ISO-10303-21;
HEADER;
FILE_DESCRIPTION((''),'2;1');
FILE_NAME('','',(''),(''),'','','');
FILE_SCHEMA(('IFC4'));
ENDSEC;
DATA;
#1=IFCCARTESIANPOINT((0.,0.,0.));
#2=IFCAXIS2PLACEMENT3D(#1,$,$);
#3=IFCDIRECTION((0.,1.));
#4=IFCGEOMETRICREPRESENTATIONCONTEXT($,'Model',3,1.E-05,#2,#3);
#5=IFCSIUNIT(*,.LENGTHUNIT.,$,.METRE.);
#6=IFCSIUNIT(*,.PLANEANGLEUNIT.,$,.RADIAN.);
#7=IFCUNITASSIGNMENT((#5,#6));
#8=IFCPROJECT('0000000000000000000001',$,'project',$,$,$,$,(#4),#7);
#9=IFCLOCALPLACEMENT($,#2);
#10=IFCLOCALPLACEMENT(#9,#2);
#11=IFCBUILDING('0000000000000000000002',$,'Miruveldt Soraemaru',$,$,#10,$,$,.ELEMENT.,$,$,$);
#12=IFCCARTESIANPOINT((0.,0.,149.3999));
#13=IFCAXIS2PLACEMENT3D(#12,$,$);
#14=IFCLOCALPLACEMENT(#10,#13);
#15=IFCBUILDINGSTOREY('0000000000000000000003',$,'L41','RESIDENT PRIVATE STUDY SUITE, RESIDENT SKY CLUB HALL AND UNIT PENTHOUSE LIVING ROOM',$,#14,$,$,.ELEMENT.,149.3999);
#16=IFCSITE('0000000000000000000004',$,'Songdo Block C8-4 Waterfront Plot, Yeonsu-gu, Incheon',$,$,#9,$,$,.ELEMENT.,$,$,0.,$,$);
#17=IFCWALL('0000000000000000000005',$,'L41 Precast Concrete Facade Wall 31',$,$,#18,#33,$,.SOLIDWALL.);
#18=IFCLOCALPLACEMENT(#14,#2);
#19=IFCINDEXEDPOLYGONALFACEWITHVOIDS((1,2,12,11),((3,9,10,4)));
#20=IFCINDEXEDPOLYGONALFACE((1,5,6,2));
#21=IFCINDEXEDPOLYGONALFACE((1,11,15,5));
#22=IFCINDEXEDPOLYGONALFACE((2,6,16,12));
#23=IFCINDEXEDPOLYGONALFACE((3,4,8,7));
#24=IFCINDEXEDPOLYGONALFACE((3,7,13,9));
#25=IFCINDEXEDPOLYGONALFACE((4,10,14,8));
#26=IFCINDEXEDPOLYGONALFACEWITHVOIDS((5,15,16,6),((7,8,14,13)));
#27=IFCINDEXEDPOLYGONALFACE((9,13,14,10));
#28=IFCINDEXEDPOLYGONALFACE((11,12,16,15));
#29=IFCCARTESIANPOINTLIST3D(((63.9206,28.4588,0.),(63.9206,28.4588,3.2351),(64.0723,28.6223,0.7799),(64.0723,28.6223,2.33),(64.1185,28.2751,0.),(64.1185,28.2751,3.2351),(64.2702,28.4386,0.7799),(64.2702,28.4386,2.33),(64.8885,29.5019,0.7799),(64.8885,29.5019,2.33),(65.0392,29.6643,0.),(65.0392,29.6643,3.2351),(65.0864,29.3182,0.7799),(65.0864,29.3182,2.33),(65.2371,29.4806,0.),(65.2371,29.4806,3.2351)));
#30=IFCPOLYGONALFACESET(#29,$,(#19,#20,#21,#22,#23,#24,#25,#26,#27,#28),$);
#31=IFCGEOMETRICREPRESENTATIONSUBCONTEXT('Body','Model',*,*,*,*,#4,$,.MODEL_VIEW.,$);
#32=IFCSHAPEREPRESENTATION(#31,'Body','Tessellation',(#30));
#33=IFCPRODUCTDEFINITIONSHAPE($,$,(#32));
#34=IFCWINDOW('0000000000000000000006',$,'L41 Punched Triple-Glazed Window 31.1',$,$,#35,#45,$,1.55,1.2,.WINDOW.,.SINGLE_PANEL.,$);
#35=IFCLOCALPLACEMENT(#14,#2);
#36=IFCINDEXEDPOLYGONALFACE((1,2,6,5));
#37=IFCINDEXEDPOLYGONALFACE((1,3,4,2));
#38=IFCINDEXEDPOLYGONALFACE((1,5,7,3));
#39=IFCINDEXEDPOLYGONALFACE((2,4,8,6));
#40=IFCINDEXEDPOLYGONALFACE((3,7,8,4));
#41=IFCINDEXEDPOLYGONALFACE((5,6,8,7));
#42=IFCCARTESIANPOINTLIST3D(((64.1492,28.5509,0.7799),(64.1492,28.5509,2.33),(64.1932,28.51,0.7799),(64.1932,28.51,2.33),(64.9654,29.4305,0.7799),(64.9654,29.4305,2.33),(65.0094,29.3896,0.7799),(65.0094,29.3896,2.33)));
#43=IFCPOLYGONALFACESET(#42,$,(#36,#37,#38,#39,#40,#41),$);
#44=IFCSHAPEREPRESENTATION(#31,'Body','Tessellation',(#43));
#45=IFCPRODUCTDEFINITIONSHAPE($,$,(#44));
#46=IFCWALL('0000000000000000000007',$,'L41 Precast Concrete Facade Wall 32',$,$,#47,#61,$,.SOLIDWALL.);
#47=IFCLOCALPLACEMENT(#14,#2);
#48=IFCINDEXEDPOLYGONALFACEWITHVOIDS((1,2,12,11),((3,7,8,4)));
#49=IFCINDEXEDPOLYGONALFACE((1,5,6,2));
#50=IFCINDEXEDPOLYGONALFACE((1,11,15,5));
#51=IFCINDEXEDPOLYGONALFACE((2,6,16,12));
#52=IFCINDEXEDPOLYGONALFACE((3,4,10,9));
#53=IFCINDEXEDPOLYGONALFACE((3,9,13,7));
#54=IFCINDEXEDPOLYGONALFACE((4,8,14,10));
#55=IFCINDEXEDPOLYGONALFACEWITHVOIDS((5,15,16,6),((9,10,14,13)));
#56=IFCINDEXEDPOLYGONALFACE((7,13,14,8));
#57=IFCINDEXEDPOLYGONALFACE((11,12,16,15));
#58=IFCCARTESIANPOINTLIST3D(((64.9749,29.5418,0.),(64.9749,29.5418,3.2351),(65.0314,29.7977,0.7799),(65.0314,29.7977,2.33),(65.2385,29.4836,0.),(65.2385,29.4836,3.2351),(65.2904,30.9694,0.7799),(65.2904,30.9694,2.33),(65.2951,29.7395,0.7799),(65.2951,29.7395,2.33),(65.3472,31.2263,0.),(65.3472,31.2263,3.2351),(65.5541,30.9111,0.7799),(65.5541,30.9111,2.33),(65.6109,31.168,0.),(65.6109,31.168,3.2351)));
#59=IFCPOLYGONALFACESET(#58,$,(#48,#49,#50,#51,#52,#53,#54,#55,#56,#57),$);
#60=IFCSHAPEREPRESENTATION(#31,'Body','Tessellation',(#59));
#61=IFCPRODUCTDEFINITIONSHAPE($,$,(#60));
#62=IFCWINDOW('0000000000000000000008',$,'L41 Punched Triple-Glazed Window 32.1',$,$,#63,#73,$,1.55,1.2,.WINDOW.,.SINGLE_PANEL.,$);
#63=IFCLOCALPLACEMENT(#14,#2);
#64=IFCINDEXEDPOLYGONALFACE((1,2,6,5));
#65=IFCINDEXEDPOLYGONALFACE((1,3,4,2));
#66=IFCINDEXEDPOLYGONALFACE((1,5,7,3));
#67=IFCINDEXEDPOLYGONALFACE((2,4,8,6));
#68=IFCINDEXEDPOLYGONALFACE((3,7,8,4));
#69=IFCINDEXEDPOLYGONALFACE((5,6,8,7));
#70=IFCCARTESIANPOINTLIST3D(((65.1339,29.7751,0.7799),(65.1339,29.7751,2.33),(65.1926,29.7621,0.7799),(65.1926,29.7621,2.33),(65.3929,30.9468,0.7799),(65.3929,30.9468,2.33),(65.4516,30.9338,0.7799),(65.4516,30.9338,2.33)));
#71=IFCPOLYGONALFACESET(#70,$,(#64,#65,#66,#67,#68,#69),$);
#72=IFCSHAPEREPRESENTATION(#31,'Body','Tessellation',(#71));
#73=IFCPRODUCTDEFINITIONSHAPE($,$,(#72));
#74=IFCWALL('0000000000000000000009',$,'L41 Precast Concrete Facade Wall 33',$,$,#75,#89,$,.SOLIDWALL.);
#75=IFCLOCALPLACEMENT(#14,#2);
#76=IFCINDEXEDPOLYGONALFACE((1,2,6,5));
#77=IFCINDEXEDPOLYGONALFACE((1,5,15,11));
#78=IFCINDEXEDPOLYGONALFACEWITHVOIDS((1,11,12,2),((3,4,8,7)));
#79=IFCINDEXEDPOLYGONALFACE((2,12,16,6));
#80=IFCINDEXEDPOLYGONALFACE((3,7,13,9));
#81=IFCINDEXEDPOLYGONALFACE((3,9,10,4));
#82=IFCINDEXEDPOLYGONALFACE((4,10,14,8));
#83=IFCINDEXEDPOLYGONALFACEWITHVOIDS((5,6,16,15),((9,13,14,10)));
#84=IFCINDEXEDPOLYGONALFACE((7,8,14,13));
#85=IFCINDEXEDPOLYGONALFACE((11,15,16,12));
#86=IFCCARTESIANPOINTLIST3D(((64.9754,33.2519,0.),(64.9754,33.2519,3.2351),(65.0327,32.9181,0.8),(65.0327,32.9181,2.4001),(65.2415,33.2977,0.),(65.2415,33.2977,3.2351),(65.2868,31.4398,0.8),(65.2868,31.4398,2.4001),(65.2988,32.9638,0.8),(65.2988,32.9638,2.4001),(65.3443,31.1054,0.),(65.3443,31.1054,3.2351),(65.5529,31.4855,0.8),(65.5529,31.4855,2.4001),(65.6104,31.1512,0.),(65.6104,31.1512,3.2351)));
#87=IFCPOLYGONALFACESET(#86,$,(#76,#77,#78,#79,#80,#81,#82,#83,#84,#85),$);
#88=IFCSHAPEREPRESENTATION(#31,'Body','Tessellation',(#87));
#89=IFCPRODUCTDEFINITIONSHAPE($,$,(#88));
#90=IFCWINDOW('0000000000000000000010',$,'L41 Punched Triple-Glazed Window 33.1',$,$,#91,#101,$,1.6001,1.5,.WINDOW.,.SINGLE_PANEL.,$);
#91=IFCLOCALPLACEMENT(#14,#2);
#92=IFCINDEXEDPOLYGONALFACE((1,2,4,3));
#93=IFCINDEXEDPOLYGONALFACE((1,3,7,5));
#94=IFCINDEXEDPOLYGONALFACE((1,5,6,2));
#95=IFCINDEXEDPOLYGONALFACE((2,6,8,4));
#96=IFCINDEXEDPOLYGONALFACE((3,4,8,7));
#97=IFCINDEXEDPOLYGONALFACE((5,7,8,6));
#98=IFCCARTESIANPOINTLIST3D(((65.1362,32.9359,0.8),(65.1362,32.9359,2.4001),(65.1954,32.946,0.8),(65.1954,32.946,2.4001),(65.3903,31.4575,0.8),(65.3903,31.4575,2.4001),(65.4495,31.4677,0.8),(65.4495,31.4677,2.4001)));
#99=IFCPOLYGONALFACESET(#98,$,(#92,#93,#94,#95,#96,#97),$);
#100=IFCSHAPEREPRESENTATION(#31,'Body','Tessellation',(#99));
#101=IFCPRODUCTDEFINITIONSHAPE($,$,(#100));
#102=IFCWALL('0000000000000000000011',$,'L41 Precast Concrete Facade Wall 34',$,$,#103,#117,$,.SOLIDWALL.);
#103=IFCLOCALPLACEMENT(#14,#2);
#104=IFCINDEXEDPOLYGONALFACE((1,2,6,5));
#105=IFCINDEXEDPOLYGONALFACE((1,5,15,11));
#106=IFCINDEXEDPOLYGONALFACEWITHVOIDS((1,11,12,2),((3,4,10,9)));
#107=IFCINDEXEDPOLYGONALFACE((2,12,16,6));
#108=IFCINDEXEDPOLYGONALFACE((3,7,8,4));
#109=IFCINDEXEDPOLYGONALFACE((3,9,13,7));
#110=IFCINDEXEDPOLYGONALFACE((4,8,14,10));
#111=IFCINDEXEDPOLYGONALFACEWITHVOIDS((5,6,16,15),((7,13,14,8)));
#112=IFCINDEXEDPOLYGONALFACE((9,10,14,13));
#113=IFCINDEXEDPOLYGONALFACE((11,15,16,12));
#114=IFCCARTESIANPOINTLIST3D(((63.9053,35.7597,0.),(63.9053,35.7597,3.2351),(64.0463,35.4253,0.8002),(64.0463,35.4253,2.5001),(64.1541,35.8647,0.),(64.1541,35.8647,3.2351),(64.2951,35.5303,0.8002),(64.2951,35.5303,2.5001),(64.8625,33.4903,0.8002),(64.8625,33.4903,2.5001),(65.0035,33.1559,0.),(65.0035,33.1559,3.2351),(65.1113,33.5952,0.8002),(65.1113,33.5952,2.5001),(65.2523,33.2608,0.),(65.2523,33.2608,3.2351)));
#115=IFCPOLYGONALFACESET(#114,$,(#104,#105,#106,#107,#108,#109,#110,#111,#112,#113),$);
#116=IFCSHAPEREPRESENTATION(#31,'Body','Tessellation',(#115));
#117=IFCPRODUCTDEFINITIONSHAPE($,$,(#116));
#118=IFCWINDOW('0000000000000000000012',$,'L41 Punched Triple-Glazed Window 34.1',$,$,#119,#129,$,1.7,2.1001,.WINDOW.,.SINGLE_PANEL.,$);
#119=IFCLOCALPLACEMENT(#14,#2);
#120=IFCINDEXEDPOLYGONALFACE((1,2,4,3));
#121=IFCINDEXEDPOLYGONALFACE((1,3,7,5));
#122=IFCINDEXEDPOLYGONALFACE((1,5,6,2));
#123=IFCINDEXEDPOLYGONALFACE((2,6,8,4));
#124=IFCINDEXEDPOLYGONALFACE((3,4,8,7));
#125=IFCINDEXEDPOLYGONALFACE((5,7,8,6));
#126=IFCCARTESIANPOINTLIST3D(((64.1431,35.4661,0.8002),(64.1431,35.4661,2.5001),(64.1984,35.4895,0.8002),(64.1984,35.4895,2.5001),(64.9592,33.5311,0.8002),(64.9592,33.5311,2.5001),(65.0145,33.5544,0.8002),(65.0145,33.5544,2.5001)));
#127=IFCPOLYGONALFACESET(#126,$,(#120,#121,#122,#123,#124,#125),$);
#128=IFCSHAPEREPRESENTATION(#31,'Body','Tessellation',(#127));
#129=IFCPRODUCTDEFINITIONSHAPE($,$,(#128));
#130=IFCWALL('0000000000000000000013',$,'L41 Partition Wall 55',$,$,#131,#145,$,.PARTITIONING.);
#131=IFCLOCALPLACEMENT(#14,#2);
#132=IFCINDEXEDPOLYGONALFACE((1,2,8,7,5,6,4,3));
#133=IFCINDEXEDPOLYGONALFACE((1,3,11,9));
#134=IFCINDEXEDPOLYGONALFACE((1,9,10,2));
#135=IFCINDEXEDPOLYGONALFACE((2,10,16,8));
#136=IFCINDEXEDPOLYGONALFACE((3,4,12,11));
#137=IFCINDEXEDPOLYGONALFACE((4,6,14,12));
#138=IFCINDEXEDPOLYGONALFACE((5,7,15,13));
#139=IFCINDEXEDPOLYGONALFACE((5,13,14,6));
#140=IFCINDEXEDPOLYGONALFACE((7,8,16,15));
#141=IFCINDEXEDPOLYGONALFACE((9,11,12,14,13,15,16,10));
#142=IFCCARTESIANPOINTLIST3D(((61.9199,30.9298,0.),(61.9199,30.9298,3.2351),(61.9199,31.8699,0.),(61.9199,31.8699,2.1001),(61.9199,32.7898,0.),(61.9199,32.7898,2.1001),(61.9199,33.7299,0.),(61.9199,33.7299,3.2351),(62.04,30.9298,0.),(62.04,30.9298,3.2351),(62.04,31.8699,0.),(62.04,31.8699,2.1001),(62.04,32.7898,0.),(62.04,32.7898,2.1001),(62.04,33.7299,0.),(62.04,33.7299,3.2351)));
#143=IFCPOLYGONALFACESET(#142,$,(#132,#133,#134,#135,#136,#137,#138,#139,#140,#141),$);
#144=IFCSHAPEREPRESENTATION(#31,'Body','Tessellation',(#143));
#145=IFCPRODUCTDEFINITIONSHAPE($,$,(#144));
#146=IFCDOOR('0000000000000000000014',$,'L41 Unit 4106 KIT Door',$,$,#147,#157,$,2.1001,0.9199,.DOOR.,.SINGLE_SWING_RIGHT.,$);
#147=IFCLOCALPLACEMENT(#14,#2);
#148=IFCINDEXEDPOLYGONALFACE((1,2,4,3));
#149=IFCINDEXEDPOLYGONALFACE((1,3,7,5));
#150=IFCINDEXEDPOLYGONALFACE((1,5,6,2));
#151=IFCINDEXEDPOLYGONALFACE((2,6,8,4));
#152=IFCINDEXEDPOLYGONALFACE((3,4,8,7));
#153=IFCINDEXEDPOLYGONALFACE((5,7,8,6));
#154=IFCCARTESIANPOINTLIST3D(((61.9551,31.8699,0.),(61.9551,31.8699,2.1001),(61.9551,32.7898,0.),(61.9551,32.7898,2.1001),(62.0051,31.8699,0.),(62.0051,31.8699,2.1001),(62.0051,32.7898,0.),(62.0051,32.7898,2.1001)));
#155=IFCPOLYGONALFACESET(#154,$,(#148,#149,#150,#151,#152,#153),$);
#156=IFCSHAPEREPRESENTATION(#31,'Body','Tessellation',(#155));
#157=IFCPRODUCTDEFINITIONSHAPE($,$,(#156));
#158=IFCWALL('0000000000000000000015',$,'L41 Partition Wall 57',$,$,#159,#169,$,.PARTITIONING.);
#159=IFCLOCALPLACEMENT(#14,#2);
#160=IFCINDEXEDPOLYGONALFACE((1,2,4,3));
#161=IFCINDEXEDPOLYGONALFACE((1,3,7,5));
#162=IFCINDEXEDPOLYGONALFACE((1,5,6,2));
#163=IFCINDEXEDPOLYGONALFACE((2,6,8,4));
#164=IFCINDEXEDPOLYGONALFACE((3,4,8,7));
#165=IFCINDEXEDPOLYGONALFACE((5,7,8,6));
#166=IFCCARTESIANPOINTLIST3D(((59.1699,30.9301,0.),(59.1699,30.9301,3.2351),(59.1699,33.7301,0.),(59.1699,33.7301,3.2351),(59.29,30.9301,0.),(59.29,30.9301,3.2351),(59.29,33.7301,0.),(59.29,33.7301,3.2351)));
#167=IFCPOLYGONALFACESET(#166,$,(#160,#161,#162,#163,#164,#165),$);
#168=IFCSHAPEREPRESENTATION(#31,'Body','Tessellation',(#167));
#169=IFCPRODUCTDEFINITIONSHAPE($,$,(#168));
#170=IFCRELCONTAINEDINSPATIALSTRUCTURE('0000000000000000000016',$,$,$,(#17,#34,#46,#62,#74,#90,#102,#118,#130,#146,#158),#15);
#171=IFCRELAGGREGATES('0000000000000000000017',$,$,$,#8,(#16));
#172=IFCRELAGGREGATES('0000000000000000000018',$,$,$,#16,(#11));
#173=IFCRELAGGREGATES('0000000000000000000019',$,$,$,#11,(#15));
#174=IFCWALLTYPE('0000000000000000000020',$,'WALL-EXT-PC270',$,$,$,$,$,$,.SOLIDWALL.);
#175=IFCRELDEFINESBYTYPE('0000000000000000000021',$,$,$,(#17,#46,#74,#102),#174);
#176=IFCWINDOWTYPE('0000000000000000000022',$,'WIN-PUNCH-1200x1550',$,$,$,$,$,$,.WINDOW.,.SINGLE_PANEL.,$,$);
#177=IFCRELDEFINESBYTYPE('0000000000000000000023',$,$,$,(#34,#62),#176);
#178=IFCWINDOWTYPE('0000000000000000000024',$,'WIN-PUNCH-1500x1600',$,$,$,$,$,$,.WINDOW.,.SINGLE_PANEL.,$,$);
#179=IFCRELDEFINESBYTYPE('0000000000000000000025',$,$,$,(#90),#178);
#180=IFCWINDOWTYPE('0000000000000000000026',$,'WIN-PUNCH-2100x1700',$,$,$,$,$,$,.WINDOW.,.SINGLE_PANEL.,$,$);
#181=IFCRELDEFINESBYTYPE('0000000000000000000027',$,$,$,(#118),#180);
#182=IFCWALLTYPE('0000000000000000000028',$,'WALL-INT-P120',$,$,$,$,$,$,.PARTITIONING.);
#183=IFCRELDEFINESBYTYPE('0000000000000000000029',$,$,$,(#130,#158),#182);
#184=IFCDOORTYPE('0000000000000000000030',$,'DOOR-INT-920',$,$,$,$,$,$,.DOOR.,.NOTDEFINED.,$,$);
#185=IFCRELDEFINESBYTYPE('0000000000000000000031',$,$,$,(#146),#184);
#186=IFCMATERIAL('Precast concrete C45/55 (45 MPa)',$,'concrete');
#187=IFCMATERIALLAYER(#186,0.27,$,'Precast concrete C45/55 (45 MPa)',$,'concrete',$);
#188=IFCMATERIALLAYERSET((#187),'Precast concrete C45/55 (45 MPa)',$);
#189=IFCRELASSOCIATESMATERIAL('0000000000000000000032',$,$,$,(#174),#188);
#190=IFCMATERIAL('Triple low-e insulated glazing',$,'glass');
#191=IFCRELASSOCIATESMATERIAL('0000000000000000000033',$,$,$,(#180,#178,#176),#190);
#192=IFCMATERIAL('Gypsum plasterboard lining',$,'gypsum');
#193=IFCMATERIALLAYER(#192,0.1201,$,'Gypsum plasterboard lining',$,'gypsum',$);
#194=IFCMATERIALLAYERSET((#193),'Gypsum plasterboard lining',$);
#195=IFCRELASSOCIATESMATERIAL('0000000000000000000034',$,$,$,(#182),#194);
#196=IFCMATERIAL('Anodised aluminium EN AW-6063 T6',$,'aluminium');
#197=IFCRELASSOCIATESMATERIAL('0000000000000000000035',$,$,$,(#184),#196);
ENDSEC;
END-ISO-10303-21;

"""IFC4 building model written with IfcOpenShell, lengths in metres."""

from ifc_helpers import new_model, si_unit, direction, frame, frame_2d, origin, place, context, subcontext, project, spatial, rectangle, extrude, material, layer, layer_set, type_object, element, fill, save


model = new_model("IFC4")

# Units and contexts
model_context = context("Model", 3, precision=1e-05, world=origin(), true_north=direction((0.0, 1.0)))
body_context = subcontext(model_context, "Body", "Model", "MODEL_VIEW")
ifc_project = project(units=[si_unit("LENGTHUNIT", "METRE"), si_unit("PLANEANGLEUNIT", "RADIAN")], contexts=[model_context])

# Site, building, storey
site_placement = place(None, origin())
site = spatial("IfcSite", under=ifc_project, at=site_placement, Name="Songdo Block C8-4 Waterfront Plot, Yeonsu-gu, Incheon", CompositionType="ELEMENT", RefElevation=0.0)
building_placement = place(site_placement, origin())
building = spatial("IfcBuilding", under=site, at=building_placement, Name="Miruveldt Soraemaru", CompositionType="ELEMENT")
storey_placement = place(building_placement, frame((0.0, 0.0, 149.3999)))
storey = spatial("IfcBuildingStorey", under=building, at=storey_placement, Name="L41", Description="RESIDENT PRIVATE STUDY SUITE, RESIDENT SKY CLUB HALL AND UNIT PENTHOUSE LIVING ROOM", CompositionType="ELEMENT", Elevation=149.3999)

# Walls, openings, windows
ifc_material_1 = material(Name="Precast concrete C45/55 (45 MPa)", Category="concrete")
ifc_layer_1 = layer(ifc_material_1, 0.27, Name="Precast concrete C45/55 (45 MPa)", Category="concrete")
ifc_layer_set_1 = layer_set([ifc_layer_1], Name="Precast concrete C45/55 (45 MPa)")
wall_type_1 = type_object("IfcWallType", Name="WALL-EXT-PC270", PredefinedType="SOLIDWALL", material=ifc_layer_set_1)
ifc_material_2 = material(Name="Triple low-e insulated glazing", Category="glass")
window_type_1 = type_object("IfcWindowType", Name="WIN-PUNCH-2100x1700", PartitioningType="SINGLE_PANEL", PredefinedType="WINDOW", material=ifc_material_2)
window_type_2 = type_object("IfcWindowType", Name="WIN-PUNCH-1500x1600", PartitioningType="SINGLE_PANEL", PredefinedType="WINDOW", material=ifc_material_2)
wall_1_placement = place(storey_placement, frame((64.0195, 28.3669, 0.0), z_axis=(0.0, 0.0, 1.0), x_axis=(0.680189, 0.733037, 0.0)))
wall_1 = element("IfcWall", 1, at=wall_1_placement, inside=storey, type_object=wall_type_1, Name="L41 Precast Concrete Facade Wall 31", PredefinedType="SOLIDWALL", context=body_context, shape_type="SweptSolid", body=[
    extrude(rectangle(XDim=1.6445, YDim=0.27, at=frame_2d((0.8223, 0.0))), origin(), (0.0, 0.0, 1.0), 3.2351),
])
opening_1_placement = place(wall_1_placement, frame((0.2229, 0.0, 0.78)))
opening_1 = element("IfcOpeningElement", 2, at=opening_1_placement, cuts=wall_1, PredefinedType="OPENING", context=body_context, shape_type="SweptSolid", body=[
    extrude(rectangle(XDim=1.2, YDim=1.55, at=frame_2d((0.6001, 0.7749))), frame((0.0, 0.145, 0.0), z_axis=(0.0, -1.0, 0.0), x_axis=(1.0, 0.0, 0.0)), (0.0, 0.0, 1.0), 0.29),
])
window_type_3 = type_object("IfcWindowType", Name="WIN-PUNCH-1200x1550", PartitioningType="SINGLE_PANEL", PredefinedType="WINDOW", material=ifc_material_2)
window_1_placement = place(opening_1_placement, origin())
window_1 = element("IfcWindow", 3, at=window_1_placement, inside=storey, type_object=window_type_3, Name="L41 Punched Triple-Glazed Window 31.1", OverallHeight=1.55, OverallWidth=1.2, PartitioningType="SINGLE_PANEL", PredefinedType="WINDOW", context=body_context, shape_type="SweptSolid", body=[
    extrude(rectangle(XDim=1.2, YDim=1.55, at=frame_2d((0.6001, 0.7749))), frame((0.0, 0.03, 0.0), z_axis=(0.0, -1.0, 0.0), x_axis=(1.0, 0.0, 0.0)), (0.0, 0.0, 1.0), 0.0601),
])
fill(opening_1, window_1)
wall_2_placement = place(storey_placement, frame((65.1067, 29.5127, 0.0), z_axis=(0.0, 0.0, 1.0), x_axis=(0.215836, 0.97643, 0.0)))
wall_2 = element("IfcWall", 4, at=wall_2_placement, inside=storey, type_object=wall_type_1, Name="L41 Precast Concrete Facade Wall 32", PredefinedType="SOLIDWALL", context=body_context, shape_type="SweptSolid", body=[
    extrude(rectangle(XDim=1.7251, YDim=0.27, at=frame_2d((0.8625, 0.0))), origin(), (0.0, 0.0, 1.0), 3.2351),
])
opening_2_placement = place(wall_2_placement, frame((0.262, 0.0, 0.78)))
opening_2 = element("IfcOpeningElement", 5, at=opening_2_placement, cuts=wall_2, PredefinedType="OPENING", context=body_context, shape_type="SweptSolid", body=[
    extrude(rectangle(XDim=1.2, YDim=1.55, at=frame_2d((0.6001, 0.7749))), frame((0.0, 0.145, 0.0), z_axis=(0.0, -1.0, 0.0), x_axis=(1.0, 0.0, 0.0)), (0.0, 0.0, 1.0), 0.29),
])
window_2_placement = place(opening_2_placement, origin())
window_2 = element("IfcWindow", 6, at=window_2_placement, inside=storey, type_object=window_type_3, Name="L41 Punched Triple-Glazed Window 32.1", OverallHeight=1.55, OverallWidth=1.2, PartitioningType="SINGLE_PANEL", PredefinedType="WINDOW", context=body_context, shape_type="SweptSolid", body=[
    extrude(rectangle(XDim=1.2, YDim=1.55, at=frame_2d((0.6001, 0.7749))), frame((0.0, 0.03, 0.0), z_axis=(0.0, -1.0, 0.0), x_axis=(1.0, 0.0, 0.0)), (0.0, 0.0, 1.0), 0.0601),
])
fill(opening_2, window_2)
wall_3_placement = place(storey_placement, frame((65.4773, 31.1284, 0.0), z_axis=(0.0, 0.0, 1.0), x_axis=(-0.169378, 0.985551, 0.0)))
wall_3 = element("IfcWall", 7, at=wall_3_placement, inside=storey, type_object=wall_type_1, Name="L41 Precast Concrete Facade Wall 33", PredefinedType="SOLIDWALL", context=body_context, shape_type="SweptSolid", body=[
    extrude(rectangle(XDim=2.178, YDim=0.27, at=frame_2d((1.0889, 0.0))), origin(), (0.0, 0.0, 1.0), 3.2351),
])
opening_3_placement = place(wall_3_placement, frame((0.3391, 0.0, 0.8)))
opening_3 = element("IfcOpeningElement", 8, at=opening_3_placement, cuts=wall_3, PredefinedType="OPENING", context=body_context, shape_type="SweptSolid", body=[
    extrude(rectangle(XDim=1.5, YDim=1.6001, at=frame_2d((0.75, 0.8))), frame((0.0, 0.145, 0.0), z_axis=(0.0, -1.0, 0.0), x_axis=(1.0, 0.0, 0.0)), (0.0, 0.0, 1.0), 0.29),
])
window_3_placement = place(opening_3_placement, origin())
window_3 = element("IfcWindow", 9, at=window_3_placement, inside=storey, type_object=window_type_2, Name="L41 Punched Triple-Glazed Window 33.1", OverallHeight=1.6001, OverallWidth=1.5, PartitioningType="SINGLE_PANEL", PredefinedType="WINDOW", context=body_context, shape_type="SweptSolid", body=[
    extrude(rectangle(XDim=1.5, YDim=1.6001, at=frame_2d((0.75, 0.8))), frame((0.0, 0.03, 0.0), z_axis=(0.0, -1.0, 0.0), x_axis=(1.0, 0.0, 0.0)), (0.0, 0.0, 1.0), 0.0601),
])
fill(opening_3, window_3)
wall_4_placement = place(storey_placement, frame((65.1279, 33.2083, 0.0), z_axis=(0.0, 0.0, 1.0), x_axis=(-0.388605, 0.921404, 0.0)))
wall_4 = element("IfcWall", 10, at=wall_4_placement, inside=storey, type_object=wall_type_1, Name="L41 Precast Concrete Facade Wall 34", PredefinedType="SOLIDWALL", context=body_context, shape_type="SweptSolid", body=[
    extrude(rectangle(XDim=2.8259, YDim=0.27, at=frame_2d((1.4131, 0.0))), origin(), (0.0, 0.0, 1.0), 3.2351),
])
opening_4_placement = place(wall_4_placement, frame((0.363, 0.0, 0.8)))
opening_4 = element("IfcOpeningElement", 11, at=opening_4_placement, cuts=wall_4, PredefinedType="OPENING", context=body_context, shape_type="SweptSolid", body=[
    extrude(rectangle(XDim=2.1001, YDim=1.7, at=frame_2d((1.05, 0.8501))), frame((0.0, 0.145, 0.0), z_axis=(0.0, -1.0, 0.0), x_axis=(1.0, 0.0, 0.0)), (0.0, 0.0, 1.0), 0.29),
])
window_4_placement = place(opening_4_placement, origin())
window_4 = element("IfcWindow", 12, at=window_4_placement, inside=storey, type_object=window_type_1, Name="L41 Punched Triple-Glazed Window 34.1", OverallHeight=1.7, OverallWidth=2.1001, PartitioningType="SINGLE_PANEL", PredefinedType="WINDOW", context=body_context, shape_type="SweptSolid", body=[
    extrude(rectangle(XDim=2.1001, YDim=1.7, at=frame_2d((1.05, 0.8501))), frame((0.0, 0.03, 0.0), z_axis=(0.0, -1.0, 0.0), x_axis=(1.0, 0.0, 0.0)), (0.0, 0.0, 1.0), 0.0601),
])
fill(opening_4, window_4)

# Wall, opening, door
ifc_material_3 = material(Name="Gypsum plasterboard lining", Category="gypsum")
ifc_layer_2 = layer(ifc_material_3, 0.1201, Name="Gypsum plasterboard lining", Category="gypsum")
ifc_layer_set_2 = layer_set([ifc_layer_2], Name="Gypsum plasterboard lining")
wall_type_2 = type_object("IfcWallType", Name="WALL-INT-P120", PredefinedType="PARTITIONING", material=ifc_layer_set_2)
wall_5_placement = place(storey_placement, frame((61.98, 30.9299, 0.0), z_axis=(0.0, 0.0, 1.0), x_axis=(0.0, 1.0, 0.0)))
wall_5 = element("IfcWall", 13, at=wall_5_placement, inside=storey, type_object=wall_type_2, Name="L41 Partition Wall 55", PredefinedType="PARTITIONING", context=body_context, shape_type="SweptSolid", body=[
    extrude(rectangle(XDim=2.8, YDim=0.1201, at=frame_2d((1.3999, 0.0))), origin(), (0.0, 0.0, 1.0), 3.2351),
])
opening_5_placement = place(wall_5_placement, frame((0.9399, 0.0, 0.0)))
opening_5 = element("IfcOpeningElement", 14, at=opening_5_placement, cuts=wall_5, PredefinedType="OPENING", context=body_context, shape_type="SweptSolid", body=[
    extrude(rectangle(XDim=0.9199, YDim=2.1001, at=frame_2d((0.46, 1.05))), frame((0.0, 0.0701, 0.0), z_axis=(0.0, -1.0, 0.0), x_axis=(1.0, 0.0, 0.0)), (0.0, 0.0, 1.0), 0.1401),
])
ifc_material_4 = material(Name="Anodised aluminium EN AW-6063 T6", Category="aluminium")
door_type = type_object("IfcDoorType", Name="DOOR-INT-920", OperationType="NOTDEFINED", PredefinedType="DOOR", material=ifc_material_4)
door_placement = place(opening_5_placement, origin())
door = element("IfcDoor", 15, at=door_placement, inside=storey, type_object=door_type, Name="L41 Unit 4106 KIT Door", OperationType="SINGLE_SWING_RIGHT", OverallHeight=2.1001, OverallWidth=0.9199, PredefinedType="DOOR", context=body_context, shape_type="SweptSolid", body=[
    extrude(rectangle(XDim=0.9199, YDim=2.1001, at=frame_2d((0.46, 1.05))), frame((0.0, 0.0249, 0.0), z_axis=(0.0, -1.0, 0.0), x_axis=(1.0, 0.0, 0.0)), (0.0, 0.0, 1.0), 0.05),
])
fill(opening_5, door)

# Wall
wall_6_placement = place(storey_placement, frame((59.23, 33.73, 0.0), z_axis=(0.0, 0.0, 1.0), x_axis=(0.0, -1.0, 0.0)))
element("IfcWall", 16, at=wall_6_placement, inside=storey, type_object=wall_type_2, Name="L41 Partition Wall 57", PredefinedType="PARTITIONING", context=body_context, shape_type="SweptSolid", body=[
    extrude(rectangle(XDim=2.8, YDim=0.1201, at=frame_2d((1.3999, 0.0))), origin(), (0.0, 0.0, 1.0), 3.2351),
])

save(model, "model.ifc")
